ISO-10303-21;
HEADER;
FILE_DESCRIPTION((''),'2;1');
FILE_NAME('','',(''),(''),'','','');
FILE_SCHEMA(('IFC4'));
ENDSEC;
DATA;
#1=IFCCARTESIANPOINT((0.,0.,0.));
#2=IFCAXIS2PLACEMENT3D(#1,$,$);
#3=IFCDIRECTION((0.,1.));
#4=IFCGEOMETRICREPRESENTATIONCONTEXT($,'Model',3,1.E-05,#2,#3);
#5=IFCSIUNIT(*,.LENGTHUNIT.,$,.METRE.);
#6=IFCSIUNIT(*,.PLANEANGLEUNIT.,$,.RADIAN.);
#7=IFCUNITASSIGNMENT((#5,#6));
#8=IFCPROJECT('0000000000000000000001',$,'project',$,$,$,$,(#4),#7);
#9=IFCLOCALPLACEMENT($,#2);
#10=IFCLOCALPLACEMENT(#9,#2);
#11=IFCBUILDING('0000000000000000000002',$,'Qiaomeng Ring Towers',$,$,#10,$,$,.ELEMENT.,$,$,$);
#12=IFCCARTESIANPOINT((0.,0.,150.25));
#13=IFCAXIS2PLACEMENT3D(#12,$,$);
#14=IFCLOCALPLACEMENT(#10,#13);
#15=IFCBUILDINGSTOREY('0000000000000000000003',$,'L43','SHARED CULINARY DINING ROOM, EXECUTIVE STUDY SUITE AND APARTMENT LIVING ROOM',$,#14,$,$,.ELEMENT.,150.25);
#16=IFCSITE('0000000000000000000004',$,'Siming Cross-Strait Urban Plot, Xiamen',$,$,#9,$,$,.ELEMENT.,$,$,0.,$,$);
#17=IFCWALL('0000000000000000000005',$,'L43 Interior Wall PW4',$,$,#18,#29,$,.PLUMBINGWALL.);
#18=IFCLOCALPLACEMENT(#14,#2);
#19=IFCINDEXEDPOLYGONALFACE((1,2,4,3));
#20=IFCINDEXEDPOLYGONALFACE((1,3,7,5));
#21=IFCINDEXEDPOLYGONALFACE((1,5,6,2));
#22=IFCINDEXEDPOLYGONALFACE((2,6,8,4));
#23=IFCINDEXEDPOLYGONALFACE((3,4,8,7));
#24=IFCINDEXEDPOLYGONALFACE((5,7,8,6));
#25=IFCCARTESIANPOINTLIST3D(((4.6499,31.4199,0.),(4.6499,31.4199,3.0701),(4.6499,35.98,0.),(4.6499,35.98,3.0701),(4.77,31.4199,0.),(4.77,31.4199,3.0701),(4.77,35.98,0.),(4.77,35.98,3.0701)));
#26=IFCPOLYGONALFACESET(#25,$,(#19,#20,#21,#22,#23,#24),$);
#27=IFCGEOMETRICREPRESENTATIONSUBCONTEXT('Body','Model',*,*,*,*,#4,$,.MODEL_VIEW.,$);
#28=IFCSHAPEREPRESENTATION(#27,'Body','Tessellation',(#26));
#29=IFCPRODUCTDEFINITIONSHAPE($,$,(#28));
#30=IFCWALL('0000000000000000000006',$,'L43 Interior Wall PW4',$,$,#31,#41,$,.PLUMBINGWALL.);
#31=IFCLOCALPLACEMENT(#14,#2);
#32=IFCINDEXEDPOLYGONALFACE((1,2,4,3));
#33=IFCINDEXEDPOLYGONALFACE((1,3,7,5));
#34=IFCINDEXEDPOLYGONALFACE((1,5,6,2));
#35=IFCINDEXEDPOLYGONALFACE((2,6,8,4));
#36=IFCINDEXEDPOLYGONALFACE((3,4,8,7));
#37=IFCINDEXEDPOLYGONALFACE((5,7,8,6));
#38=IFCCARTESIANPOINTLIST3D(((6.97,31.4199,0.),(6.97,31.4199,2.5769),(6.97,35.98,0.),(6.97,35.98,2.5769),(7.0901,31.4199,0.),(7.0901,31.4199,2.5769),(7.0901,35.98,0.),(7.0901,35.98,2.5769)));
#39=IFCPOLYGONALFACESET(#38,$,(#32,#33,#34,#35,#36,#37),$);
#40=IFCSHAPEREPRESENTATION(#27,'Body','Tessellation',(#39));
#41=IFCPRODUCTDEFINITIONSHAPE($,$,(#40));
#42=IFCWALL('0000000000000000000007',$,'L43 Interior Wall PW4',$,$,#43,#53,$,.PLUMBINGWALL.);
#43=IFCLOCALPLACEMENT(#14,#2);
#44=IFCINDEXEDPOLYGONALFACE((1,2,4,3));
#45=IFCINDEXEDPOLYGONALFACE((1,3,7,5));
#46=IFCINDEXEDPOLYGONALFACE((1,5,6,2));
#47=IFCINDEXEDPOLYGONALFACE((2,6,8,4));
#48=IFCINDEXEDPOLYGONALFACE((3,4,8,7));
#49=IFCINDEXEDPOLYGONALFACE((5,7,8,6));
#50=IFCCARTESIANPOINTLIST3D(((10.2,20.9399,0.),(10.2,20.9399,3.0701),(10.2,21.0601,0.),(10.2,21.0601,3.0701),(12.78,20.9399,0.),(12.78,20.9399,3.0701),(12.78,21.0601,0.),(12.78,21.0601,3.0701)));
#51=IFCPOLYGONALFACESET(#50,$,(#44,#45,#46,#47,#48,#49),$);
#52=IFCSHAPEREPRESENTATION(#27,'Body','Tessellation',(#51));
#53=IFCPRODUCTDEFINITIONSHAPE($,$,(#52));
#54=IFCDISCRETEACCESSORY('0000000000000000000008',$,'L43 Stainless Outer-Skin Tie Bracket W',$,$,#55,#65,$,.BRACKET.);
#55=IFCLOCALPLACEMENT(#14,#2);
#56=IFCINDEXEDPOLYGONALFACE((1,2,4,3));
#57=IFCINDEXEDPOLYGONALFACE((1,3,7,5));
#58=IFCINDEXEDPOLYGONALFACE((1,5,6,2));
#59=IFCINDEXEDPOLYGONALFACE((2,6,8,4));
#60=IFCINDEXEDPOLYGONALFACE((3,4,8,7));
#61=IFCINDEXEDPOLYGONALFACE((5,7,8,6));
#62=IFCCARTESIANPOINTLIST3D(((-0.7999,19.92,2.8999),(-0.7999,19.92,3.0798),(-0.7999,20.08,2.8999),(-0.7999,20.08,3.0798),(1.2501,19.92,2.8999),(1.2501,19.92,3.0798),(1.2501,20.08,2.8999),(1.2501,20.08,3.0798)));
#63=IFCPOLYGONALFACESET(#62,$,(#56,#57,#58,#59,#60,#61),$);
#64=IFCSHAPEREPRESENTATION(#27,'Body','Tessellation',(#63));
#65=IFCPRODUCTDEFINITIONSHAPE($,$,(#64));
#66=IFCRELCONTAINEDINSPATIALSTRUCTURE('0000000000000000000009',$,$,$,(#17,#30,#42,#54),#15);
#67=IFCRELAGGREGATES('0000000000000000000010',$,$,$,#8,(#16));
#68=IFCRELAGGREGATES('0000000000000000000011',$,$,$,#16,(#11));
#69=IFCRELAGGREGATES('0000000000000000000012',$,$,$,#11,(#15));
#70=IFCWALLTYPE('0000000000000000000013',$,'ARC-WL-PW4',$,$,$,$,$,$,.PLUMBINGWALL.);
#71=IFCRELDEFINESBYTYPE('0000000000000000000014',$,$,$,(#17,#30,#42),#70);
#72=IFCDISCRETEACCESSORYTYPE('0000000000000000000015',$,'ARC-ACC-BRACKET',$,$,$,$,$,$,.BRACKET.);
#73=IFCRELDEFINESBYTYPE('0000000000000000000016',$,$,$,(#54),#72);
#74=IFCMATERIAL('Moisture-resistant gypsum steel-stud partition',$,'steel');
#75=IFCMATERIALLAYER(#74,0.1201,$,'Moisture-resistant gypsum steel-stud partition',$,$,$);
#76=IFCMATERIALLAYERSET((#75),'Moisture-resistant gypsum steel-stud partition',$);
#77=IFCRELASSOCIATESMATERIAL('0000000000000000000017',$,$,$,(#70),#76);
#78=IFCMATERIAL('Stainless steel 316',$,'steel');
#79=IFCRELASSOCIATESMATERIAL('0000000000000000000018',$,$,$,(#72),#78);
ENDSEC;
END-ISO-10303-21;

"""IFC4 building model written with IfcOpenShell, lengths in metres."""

from ifc_helpers import new_model, si_unit, direction, frame, frame_2d, origin, origin_2d, place, context, subcontext, project, spatial, rectangle, extrude, source, transform, mapped, material, layer, layer_set, type_object, element, save


model = new_model("IFC4")

# Units and contexts
model_context = context("Model", 3, precision=1e-05, world=origin(), true_north=direction((0.0, 1.0)))
body_context = subcontext(model_context, "Body", "Model", "MODEL_VIEW")
ifc_project = project(units=[si_unit("LENGTHUNIT", "METRE"), si_unit("PLANEANGLEUNIT", "RADIAN")], contexts=[model_context])

# Site, building, storey
site_placement = place(None, origin())
site = spatial("IfcSite", under=ifc_project, at=site_placement, Name="Siming Cross-Strait Urban Plot, Xiamen", CompositionType="ELEMENT", RefElevation=0.0)
building_placement = place(site_placement, origin())
building = spatial("IfcBuilding", under=site, at=building_placement, Name="Qiaomeng Ring Towers", CompositionType="ELEMENT")
storey_placement = place(building_placement, frame((0.0, 0.0, 150.25)))
storey = spatial("IfcBuildingStorey", under=building, at=storey_placement, Name="L43", Description="SHARED CULINARY DINING ROOM, EXECUTIVE STUDY SUITE AND APARTMENT LIVING ROOM", CompositionType="ELEMENT", Elevation=150.25)

# Shared definitions
ifc_material_1 = material(Name="Moisture-resistant gypsum steel-stud partition", Category="steel")
ifc_layer_1 = layer(ifc_material_1, 0.1201, Name="Moisture-resistant gypsum steel-stud partition")
ifc_layer_set_1 = layer_set([ifc_layer_1], Name="Moisture-resistant gypsum steel-stud partition")
wall_type_1 = type_object("IfcWallType", Name="ARC-WL-PW4", PredefinedType="PLUMBINGWALL", material=ifc_layer_set_1)

# Walls
wall_1_placement = place(storey_placement, frame((4.71, 31.4199, 0.0), z_axis=(0.0, 0.0, 1.0), x_axis=(0.0, 1.0, 0.0)))
element("IfcWall", 1, at=wall_1_placement, inside=storey, type_object=wall_type_1, Name="L43 Interior Wall PW4", PredefinedType="PLUMBINGWALL", context=body_context, shape_type="SweptSolid", body=[
    extrude(rectangle(XDim=4.5601, YDim=0.1201, at=frame_2d((2.28, 0.0))), origin(), (0.0, 0.0, 1.0), 3.0701),
])
wall_2_placement = place(storey_placement, frame((7.03, 31.4199, 0.0), z_axis=(0.0, 0.0, 1.0), x_axis=(0.0, 1.0, 0.0)))
element("IfcWall", 2, at=wall_2_placement, inside=storey, type_object=wall_type_1, Name="L43 Interior Wall PW4", PredefinedType="PLUMBINGWALL", context=body_context, shape_type="SweptSolid", body=[
    extrude(rectangle(XDim=4.5601, YDim=0.1201, at=frame_2d((2.28, 0.0))), origin(), (0.0, 0.0, 1.0), 2.5769),
])
wall_3_placement = place(storey_placement, frame((10.2, 21.0, 0.0), z_axis=(0.0, 0.0, 1.0), x_axis=(1.0, 0.0, 0.0)))
element("IfcWall", 3, at=wall_3_placement, inside=storey, type_object=wall_type_1, Name="L43 Interior Wall PW4", PredefinedType="PLUMBINGWALL", context=body_context, shape_type="SweptSolid", body=[
    extrude(rectangle(XDim=2.5801, YDim=0.1201, at=frame_2d((1.29, 0.0))), origin(), (0.0, 0.0, 1.0), 3.0701),
])

# Discrete accessory
ifc_material_2 = material(Name="Stainless steel 316", Category="steel")
discrete_accessory_type = type_object("IfcDiscreteAccessoryType", Name="ARC-ACC-BRACKET", PredefinedType="BRACKET", material=ifc_material_2)
shared_shape_1 = source(origin(), body_context, "Body", "SweptSolid", [
    extrude(rectangle(XDim=2.05, YDim=0.1599, at=origin_2d()), origin(), (0.0, 0.0, 1.0), 0.1799),
])
discrete_accessory_placement = place(storey_placement, frame((0.2251, 20.0, 2.8999), z_axis=(0.0, 0.0, 1.0), x_axis=(1.0, 0.0, 0.0)))
element("IfcDiscreteAccessory", 4, at=discrete_accessory_placement, inside=storey, type_object=discrete_accessory_type, Name="L43 Stainless Outer-Skin Tie Bracket W", PredefinedType="BRACKET", context=body_context, shape_type="MappedRepresentation", body=[
    mapped(shared_shape_1, transform((0.0, 0.0, 0.0), x_axis=(1.0, 0.0, 0.0), y_axis=(0.0, 1.0, 0.0), z_axis=(0.0, 0.0, 1.0), scale=1.0)),
])

save(model, "model.ifc")
